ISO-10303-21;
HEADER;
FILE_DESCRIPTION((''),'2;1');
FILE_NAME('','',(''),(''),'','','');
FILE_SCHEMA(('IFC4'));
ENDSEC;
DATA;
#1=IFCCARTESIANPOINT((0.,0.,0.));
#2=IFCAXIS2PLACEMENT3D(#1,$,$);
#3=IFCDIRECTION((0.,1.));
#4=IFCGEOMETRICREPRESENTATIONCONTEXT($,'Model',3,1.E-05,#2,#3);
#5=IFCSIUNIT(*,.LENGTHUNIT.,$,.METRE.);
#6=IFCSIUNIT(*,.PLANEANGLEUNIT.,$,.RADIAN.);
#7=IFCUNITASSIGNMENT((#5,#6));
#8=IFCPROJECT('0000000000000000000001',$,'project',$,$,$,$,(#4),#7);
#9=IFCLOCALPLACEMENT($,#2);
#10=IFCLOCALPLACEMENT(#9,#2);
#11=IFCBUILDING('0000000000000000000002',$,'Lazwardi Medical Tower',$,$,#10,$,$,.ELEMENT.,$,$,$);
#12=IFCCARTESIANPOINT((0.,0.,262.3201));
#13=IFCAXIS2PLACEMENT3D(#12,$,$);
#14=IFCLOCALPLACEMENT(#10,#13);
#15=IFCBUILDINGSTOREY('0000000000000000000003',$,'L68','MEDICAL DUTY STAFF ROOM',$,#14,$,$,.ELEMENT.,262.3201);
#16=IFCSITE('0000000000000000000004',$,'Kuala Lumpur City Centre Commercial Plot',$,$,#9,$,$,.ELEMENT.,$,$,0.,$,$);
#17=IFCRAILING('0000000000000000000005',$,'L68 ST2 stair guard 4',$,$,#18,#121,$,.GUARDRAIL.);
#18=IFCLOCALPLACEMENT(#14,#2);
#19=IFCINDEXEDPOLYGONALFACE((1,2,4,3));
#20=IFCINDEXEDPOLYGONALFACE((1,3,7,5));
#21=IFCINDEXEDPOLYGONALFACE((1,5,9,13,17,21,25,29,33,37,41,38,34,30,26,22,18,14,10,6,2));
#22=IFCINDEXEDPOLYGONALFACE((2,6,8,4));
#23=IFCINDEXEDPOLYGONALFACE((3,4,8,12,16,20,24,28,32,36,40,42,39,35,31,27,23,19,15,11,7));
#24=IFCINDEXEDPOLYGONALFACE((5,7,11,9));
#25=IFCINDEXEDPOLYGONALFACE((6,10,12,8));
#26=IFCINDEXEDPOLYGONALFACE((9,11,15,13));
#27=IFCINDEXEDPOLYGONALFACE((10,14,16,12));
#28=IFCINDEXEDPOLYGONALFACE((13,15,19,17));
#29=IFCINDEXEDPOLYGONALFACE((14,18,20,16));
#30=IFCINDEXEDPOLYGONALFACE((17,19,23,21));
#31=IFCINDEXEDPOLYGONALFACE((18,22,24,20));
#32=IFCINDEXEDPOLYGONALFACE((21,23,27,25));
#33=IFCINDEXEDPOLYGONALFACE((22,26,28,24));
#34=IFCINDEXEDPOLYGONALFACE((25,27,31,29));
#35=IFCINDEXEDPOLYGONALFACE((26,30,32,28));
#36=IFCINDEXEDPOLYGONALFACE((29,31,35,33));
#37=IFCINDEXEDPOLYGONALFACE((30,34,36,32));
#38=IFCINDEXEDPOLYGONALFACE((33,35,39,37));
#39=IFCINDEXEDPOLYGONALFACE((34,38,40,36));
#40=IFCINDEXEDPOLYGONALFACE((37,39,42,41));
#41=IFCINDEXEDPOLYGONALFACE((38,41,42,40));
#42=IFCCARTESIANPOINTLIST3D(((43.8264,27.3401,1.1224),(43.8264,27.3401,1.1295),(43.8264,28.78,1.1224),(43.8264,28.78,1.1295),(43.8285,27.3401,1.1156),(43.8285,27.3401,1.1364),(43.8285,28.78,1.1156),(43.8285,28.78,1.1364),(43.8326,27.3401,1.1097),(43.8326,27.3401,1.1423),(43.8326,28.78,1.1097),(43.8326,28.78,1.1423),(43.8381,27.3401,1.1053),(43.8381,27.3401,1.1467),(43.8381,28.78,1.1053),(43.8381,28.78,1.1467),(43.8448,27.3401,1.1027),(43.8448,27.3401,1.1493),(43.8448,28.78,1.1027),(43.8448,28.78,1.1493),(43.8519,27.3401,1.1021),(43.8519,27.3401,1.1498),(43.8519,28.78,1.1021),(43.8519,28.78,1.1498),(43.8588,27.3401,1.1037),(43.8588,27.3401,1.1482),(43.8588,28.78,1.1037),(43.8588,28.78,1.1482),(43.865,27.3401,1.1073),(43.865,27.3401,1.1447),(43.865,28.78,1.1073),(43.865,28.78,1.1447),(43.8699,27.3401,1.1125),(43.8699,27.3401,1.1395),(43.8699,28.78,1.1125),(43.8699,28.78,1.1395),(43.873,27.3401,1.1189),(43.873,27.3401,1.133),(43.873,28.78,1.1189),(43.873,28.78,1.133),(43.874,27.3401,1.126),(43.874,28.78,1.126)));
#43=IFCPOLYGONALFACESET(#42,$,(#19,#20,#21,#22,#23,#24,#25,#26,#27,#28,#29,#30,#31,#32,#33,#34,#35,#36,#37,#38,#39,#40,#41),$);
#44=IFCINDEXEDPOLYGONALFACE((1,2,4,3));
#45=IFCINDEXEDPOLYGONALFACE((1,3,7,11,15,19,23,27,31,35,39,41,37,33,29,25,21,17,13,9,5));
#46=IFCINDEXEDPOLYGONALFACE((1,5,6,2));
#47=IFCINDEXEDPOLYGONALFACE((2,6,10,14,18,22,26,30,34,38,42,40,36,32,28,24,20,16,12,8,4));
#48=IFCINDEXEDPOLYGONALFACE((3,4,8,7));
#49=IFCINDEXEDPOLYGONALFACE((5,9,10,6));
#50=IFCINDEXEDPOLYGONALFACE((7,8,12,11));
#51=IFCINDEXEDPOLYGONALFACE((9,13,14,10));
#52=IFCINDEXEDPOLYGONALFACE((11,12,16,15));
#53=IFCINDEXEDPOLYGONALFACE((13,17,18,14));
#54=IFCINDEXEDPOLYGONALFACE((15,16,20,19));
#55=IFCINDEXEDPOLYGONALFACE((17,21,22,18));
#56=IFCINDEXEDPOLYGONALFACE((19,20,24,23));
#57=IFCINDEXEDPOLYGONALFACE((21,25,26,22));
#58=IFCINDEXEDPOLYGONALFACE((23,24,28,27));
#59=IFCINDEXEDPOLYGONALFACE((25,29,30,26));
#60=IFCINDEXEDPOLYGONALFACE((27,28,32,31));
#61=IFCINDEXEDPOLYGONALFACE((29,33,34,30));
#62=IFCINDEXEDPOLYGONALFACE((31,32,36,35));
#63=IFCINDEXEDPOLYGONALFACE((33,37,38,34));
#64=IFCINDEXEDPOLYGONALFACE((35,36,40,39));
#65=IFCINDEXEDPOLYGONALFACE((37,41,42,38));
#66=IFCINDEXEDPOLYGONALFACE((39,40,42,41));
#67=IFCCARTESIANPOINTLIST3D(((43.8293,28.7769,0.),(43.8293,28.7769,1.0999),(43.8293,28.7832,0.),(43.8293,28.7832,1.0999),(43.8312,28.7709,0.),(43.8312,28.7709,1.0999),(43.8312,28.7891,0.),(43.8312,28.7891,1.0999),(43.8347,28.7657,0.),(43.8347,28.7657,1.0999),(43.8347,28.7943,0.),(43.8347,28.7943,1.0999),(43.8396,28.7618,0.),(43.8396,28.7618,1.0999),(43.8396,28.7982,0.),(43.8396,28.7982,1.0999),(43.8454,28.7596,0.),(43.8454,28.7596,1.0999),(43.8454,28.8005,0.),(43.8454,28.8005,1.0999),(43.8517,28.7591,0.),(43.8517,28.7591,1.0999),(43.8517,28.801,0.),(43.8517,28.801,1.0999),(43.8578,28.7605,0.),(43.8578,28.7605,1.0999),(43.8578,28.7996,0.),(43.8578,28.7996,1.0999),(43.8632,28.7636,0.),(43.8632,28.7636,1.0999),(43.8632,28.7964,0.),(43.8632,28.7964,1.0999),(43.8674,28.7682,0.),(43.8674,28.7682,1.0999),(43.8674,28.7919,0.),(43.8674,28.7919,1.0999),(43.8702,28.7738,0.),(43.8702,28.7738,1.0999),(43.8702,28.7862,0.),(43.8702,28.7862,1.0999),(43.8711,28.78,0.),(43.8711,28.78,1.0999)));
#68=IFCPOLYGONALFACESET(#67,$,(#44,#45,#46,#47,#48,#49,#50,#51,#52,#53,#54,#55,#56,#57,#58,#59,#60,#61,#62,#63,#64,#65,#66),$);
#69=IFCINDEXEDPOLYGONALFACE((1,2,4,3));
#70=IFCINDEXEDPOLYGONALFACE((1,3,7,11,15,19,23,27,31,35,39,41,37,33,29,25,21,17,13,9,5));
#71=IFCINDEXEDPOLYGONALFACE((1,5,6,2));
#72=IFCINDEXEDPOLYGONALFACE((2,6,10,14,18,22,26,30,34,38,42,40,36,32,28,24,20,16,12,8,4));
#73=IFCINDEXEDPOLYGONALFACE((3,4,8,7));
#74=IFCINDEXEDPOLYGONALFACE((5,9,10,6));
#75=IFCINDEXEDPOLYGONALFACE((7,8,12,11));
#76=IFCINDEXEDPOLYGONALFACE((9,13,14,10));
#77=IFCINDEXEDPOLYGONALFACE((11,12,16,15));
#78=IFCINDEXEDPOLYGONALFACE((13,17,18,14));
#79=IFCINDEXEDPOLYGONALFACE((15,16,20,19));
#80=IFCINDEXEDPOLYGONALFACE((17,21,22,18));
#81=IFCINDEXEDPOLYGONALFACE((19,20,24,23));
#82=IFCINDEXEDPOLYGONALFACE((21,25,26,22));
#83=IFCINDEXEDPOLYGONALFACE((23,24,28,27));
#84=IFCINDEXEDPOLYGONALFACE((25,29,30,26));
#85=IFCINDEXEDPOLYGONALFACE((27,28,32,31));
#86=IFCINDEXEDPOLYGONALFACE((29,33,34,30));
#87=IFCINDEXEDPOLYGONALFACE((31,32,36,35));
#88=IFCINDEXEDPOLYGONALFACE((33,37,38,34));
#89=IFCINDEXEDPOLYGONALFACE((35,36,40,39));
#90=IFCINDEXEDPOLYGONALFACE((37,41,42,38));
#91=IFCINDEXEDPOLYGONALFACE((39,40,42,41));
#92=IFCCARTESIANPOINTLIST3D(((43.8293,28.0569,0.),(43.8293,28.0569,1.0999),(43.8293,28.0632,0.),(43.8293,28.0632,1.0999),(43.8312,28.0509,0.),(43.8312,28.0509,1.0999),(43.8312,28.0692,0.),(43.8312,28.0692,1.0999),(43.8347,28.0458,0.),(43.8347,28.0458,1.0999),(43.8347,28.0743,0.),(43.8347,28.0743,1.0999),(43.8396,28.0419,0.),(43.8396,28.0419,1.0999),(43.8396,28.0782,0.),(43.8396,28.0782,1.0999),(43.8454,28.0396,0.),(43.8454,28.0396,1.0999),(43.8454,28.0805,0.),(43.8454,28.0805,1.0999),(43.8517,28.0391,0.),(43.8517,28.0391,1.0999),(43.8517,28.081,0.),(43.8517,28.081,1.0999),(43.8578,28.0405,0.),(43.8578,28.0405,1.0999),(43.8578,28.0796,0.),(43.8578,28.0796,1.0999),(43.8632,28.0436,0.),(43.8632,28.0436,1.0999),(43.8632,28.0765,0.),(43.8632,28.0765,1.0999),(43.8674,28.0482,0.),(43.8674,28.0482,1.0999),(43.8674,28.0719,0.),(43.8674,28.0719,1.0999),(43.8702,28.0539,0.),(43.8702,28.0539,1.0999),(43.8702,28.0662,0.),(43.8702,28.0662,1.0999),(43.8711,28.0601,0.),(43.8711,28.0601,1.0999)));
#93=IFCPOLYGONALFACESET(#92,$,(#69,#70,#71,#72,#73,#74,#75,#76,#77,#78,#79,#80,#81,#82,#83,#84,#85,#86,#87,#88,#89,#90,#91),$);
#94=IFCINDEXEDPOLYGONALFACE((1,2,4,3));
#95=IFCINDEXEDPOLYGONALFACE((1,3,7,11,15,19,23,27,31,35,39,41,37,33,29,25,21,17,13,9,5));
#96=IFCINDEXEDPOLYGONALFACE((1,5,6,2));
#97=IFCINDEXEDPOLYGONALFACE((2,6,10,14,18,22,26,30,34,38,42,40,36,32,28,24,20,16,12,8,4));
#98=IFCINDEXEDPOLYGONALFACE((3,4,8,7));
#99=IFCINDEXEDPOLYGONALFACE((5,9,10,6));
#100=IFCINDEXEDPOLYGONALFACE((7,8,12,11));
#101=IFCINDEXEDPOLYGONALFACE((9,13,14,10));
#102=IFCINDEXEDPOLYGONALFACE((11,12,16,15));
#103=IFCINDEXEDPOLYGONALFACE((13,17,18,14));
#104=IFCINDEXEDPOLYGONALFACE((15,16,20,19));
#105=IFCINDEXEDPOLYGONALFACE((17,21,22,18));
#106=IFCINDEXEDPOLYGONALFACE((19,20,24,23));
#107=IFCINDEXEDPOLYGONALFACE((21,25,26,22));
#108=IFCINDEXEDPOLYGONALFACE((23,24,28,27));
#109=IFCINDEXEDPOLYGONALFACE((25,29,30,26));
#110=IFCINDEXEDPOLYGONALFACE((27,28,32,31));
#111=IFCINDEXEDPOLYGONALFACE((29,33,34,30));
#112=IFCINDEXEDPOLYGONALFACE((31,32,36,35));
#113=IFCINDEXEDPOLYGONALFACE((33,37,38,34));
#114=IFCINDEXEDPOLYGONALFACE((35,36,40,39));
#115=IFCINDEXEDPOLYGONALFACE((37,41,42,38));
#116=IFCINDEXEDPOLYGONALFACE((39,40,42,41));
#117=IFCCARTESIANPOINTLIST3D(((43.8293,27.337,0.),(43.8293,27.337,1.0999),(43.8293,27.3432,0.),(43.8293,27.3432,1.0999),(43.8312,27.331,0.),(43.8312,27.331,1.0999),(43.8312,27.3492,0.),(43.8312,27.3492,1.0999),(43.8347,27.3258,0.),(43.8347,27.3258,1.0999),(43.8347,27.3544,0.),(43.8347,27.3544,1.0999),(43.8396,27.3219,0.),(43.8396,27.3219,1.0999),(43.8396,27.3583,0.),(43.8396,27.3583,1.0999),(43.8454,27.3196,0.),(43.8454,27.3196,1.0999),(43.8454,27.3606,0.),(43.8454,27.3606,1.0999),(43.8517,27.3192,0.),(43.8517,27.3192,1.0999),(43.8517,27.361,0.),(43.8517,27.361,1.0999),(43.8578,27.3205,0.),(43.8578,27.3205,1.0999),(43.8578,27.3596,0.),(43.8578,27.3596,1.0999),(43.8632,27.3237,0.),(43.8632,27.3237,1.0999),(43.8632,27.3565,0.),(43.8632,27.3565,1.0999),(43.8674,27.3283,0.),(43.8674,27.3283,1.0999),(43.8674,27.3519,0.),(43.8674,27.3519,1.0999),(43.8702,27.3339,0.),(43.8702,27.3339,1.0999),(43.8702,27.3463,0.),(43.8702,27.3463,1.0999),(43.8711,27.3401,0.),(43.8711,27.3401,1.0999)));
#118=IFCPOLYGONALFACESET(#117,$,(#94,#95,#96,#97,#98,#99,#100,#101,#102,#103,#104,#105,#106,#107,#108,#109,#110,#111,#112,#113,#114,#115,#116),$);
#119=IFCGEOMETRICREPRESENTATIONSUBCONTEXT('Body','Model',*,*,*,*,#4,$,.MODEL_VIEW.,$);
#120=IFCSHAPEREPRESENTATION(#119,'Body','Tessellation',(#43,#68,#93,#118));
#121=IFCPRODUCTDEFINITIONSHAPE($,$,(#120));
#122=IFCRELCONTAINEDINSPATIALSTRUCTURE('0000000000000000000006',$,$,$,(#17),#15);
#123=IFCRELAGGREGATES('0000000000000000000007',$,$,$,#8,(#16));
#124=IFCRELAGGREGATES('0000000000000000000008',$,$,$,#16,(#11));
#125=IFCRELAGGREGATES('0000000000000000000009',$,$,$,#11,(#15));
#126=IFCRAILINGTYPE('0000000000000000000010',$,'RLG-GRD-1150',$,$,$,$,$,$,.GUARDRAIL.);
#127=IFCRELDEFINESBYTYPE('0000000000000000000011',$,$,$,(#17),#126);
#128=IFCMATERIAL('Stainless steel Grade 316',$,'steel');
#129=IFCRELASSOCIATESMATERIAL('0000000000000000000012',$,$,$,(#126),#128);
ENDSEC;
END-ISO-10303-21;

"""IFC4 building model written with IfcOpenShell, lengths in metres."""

from ifc_helpers import new_model, si_unit, direction, frame, origin, origin_2d, place, context, subcontext, project, spatial, circle, extrude, material, type_object, element, save


model = new_model("IFC4")

# Units and contexts
model_context = context("Model", 3, precision=1e-05, world=origin(), true_north=direction((0.0, 1.0)))
body_context = subcontext(model_context, "Body", "Model", "MODEL_VIEW")
ifc_project = project(units=[si_unit("LENGTHUNIT", "METRE"), si_unit("PLANEANGLEUNIT", "RADIAN")], contexts=[model_context])

# Site, building, storey
site_placement = place(None, origin())
site = spatial("IfcSite", under=ifc_project, at=site_placement, Name="Kuala Lumpur City Centre Commercial Plot", CompositionType="ELEMENT", RefElevation=0.0)
building_placement = place(site_placement, origin())
building = spatial("IfcBuilding", under=site, at=building_placement, Name="Lazwardi Medical Tower", CompositionType="ELEMENT")
storey_placement = place(building_placement, frame((0.0, 0.0, 262.3201)))
storey = spatial("IfcBuildingStorey", under=building, at=storey_placement, Name="L68", Description="MEDICAL DUTY STAFF ROOM", CompositionType="ELEMENT", Elevation=262.3201)

# Railing
ifc_material_1 = material(Name="Stainless steel Grade 316", Category="steel")
railing_type_1 = type_object("IfcRailingType", Name="RLG-GRD-1150", PredefinedType="GUARDRAIL", material=ifc_material_1)
railing_1_placement = place(storey_placement, frame((43.8501, 28.78, 0.0)))
element("IfcRailing", 1, at=railing_1_placement, inside=storey, type_object=railing_type_1, Name="L68 ST2 stair guard 4", PredefinedType="GUARDRAIL", context=body_context, shape_type="SweptSolid", body=[
    extrude(circle(Radius=0.0239, at=origin_2d()), frame((0.0, 0.0, 1.126), z_axis=(0.0, -1.0, 0.0), x_axis=(1.0, 0.0, 0.0)), (0.0, 0.0, 1.0), 1.4399),
    extrude(circle(Radius=0.021, at=origin_2d()), origin(), (0.0, 0.0, 1.0), 1.0999),
    extrude(circle(Radius=0.021, at=origin_2d()), frame((0.0, -0.72, 0.0)), (0.0, 0.0, 1.0), 1.0999),
    extrude(circle(Radius=0.021, at=origin_2d()), frame((0.0, -1.4399, 0.0)), (0.0, 0.0, 1.0), 1.0999),
])

save(model, "model.ifc")
